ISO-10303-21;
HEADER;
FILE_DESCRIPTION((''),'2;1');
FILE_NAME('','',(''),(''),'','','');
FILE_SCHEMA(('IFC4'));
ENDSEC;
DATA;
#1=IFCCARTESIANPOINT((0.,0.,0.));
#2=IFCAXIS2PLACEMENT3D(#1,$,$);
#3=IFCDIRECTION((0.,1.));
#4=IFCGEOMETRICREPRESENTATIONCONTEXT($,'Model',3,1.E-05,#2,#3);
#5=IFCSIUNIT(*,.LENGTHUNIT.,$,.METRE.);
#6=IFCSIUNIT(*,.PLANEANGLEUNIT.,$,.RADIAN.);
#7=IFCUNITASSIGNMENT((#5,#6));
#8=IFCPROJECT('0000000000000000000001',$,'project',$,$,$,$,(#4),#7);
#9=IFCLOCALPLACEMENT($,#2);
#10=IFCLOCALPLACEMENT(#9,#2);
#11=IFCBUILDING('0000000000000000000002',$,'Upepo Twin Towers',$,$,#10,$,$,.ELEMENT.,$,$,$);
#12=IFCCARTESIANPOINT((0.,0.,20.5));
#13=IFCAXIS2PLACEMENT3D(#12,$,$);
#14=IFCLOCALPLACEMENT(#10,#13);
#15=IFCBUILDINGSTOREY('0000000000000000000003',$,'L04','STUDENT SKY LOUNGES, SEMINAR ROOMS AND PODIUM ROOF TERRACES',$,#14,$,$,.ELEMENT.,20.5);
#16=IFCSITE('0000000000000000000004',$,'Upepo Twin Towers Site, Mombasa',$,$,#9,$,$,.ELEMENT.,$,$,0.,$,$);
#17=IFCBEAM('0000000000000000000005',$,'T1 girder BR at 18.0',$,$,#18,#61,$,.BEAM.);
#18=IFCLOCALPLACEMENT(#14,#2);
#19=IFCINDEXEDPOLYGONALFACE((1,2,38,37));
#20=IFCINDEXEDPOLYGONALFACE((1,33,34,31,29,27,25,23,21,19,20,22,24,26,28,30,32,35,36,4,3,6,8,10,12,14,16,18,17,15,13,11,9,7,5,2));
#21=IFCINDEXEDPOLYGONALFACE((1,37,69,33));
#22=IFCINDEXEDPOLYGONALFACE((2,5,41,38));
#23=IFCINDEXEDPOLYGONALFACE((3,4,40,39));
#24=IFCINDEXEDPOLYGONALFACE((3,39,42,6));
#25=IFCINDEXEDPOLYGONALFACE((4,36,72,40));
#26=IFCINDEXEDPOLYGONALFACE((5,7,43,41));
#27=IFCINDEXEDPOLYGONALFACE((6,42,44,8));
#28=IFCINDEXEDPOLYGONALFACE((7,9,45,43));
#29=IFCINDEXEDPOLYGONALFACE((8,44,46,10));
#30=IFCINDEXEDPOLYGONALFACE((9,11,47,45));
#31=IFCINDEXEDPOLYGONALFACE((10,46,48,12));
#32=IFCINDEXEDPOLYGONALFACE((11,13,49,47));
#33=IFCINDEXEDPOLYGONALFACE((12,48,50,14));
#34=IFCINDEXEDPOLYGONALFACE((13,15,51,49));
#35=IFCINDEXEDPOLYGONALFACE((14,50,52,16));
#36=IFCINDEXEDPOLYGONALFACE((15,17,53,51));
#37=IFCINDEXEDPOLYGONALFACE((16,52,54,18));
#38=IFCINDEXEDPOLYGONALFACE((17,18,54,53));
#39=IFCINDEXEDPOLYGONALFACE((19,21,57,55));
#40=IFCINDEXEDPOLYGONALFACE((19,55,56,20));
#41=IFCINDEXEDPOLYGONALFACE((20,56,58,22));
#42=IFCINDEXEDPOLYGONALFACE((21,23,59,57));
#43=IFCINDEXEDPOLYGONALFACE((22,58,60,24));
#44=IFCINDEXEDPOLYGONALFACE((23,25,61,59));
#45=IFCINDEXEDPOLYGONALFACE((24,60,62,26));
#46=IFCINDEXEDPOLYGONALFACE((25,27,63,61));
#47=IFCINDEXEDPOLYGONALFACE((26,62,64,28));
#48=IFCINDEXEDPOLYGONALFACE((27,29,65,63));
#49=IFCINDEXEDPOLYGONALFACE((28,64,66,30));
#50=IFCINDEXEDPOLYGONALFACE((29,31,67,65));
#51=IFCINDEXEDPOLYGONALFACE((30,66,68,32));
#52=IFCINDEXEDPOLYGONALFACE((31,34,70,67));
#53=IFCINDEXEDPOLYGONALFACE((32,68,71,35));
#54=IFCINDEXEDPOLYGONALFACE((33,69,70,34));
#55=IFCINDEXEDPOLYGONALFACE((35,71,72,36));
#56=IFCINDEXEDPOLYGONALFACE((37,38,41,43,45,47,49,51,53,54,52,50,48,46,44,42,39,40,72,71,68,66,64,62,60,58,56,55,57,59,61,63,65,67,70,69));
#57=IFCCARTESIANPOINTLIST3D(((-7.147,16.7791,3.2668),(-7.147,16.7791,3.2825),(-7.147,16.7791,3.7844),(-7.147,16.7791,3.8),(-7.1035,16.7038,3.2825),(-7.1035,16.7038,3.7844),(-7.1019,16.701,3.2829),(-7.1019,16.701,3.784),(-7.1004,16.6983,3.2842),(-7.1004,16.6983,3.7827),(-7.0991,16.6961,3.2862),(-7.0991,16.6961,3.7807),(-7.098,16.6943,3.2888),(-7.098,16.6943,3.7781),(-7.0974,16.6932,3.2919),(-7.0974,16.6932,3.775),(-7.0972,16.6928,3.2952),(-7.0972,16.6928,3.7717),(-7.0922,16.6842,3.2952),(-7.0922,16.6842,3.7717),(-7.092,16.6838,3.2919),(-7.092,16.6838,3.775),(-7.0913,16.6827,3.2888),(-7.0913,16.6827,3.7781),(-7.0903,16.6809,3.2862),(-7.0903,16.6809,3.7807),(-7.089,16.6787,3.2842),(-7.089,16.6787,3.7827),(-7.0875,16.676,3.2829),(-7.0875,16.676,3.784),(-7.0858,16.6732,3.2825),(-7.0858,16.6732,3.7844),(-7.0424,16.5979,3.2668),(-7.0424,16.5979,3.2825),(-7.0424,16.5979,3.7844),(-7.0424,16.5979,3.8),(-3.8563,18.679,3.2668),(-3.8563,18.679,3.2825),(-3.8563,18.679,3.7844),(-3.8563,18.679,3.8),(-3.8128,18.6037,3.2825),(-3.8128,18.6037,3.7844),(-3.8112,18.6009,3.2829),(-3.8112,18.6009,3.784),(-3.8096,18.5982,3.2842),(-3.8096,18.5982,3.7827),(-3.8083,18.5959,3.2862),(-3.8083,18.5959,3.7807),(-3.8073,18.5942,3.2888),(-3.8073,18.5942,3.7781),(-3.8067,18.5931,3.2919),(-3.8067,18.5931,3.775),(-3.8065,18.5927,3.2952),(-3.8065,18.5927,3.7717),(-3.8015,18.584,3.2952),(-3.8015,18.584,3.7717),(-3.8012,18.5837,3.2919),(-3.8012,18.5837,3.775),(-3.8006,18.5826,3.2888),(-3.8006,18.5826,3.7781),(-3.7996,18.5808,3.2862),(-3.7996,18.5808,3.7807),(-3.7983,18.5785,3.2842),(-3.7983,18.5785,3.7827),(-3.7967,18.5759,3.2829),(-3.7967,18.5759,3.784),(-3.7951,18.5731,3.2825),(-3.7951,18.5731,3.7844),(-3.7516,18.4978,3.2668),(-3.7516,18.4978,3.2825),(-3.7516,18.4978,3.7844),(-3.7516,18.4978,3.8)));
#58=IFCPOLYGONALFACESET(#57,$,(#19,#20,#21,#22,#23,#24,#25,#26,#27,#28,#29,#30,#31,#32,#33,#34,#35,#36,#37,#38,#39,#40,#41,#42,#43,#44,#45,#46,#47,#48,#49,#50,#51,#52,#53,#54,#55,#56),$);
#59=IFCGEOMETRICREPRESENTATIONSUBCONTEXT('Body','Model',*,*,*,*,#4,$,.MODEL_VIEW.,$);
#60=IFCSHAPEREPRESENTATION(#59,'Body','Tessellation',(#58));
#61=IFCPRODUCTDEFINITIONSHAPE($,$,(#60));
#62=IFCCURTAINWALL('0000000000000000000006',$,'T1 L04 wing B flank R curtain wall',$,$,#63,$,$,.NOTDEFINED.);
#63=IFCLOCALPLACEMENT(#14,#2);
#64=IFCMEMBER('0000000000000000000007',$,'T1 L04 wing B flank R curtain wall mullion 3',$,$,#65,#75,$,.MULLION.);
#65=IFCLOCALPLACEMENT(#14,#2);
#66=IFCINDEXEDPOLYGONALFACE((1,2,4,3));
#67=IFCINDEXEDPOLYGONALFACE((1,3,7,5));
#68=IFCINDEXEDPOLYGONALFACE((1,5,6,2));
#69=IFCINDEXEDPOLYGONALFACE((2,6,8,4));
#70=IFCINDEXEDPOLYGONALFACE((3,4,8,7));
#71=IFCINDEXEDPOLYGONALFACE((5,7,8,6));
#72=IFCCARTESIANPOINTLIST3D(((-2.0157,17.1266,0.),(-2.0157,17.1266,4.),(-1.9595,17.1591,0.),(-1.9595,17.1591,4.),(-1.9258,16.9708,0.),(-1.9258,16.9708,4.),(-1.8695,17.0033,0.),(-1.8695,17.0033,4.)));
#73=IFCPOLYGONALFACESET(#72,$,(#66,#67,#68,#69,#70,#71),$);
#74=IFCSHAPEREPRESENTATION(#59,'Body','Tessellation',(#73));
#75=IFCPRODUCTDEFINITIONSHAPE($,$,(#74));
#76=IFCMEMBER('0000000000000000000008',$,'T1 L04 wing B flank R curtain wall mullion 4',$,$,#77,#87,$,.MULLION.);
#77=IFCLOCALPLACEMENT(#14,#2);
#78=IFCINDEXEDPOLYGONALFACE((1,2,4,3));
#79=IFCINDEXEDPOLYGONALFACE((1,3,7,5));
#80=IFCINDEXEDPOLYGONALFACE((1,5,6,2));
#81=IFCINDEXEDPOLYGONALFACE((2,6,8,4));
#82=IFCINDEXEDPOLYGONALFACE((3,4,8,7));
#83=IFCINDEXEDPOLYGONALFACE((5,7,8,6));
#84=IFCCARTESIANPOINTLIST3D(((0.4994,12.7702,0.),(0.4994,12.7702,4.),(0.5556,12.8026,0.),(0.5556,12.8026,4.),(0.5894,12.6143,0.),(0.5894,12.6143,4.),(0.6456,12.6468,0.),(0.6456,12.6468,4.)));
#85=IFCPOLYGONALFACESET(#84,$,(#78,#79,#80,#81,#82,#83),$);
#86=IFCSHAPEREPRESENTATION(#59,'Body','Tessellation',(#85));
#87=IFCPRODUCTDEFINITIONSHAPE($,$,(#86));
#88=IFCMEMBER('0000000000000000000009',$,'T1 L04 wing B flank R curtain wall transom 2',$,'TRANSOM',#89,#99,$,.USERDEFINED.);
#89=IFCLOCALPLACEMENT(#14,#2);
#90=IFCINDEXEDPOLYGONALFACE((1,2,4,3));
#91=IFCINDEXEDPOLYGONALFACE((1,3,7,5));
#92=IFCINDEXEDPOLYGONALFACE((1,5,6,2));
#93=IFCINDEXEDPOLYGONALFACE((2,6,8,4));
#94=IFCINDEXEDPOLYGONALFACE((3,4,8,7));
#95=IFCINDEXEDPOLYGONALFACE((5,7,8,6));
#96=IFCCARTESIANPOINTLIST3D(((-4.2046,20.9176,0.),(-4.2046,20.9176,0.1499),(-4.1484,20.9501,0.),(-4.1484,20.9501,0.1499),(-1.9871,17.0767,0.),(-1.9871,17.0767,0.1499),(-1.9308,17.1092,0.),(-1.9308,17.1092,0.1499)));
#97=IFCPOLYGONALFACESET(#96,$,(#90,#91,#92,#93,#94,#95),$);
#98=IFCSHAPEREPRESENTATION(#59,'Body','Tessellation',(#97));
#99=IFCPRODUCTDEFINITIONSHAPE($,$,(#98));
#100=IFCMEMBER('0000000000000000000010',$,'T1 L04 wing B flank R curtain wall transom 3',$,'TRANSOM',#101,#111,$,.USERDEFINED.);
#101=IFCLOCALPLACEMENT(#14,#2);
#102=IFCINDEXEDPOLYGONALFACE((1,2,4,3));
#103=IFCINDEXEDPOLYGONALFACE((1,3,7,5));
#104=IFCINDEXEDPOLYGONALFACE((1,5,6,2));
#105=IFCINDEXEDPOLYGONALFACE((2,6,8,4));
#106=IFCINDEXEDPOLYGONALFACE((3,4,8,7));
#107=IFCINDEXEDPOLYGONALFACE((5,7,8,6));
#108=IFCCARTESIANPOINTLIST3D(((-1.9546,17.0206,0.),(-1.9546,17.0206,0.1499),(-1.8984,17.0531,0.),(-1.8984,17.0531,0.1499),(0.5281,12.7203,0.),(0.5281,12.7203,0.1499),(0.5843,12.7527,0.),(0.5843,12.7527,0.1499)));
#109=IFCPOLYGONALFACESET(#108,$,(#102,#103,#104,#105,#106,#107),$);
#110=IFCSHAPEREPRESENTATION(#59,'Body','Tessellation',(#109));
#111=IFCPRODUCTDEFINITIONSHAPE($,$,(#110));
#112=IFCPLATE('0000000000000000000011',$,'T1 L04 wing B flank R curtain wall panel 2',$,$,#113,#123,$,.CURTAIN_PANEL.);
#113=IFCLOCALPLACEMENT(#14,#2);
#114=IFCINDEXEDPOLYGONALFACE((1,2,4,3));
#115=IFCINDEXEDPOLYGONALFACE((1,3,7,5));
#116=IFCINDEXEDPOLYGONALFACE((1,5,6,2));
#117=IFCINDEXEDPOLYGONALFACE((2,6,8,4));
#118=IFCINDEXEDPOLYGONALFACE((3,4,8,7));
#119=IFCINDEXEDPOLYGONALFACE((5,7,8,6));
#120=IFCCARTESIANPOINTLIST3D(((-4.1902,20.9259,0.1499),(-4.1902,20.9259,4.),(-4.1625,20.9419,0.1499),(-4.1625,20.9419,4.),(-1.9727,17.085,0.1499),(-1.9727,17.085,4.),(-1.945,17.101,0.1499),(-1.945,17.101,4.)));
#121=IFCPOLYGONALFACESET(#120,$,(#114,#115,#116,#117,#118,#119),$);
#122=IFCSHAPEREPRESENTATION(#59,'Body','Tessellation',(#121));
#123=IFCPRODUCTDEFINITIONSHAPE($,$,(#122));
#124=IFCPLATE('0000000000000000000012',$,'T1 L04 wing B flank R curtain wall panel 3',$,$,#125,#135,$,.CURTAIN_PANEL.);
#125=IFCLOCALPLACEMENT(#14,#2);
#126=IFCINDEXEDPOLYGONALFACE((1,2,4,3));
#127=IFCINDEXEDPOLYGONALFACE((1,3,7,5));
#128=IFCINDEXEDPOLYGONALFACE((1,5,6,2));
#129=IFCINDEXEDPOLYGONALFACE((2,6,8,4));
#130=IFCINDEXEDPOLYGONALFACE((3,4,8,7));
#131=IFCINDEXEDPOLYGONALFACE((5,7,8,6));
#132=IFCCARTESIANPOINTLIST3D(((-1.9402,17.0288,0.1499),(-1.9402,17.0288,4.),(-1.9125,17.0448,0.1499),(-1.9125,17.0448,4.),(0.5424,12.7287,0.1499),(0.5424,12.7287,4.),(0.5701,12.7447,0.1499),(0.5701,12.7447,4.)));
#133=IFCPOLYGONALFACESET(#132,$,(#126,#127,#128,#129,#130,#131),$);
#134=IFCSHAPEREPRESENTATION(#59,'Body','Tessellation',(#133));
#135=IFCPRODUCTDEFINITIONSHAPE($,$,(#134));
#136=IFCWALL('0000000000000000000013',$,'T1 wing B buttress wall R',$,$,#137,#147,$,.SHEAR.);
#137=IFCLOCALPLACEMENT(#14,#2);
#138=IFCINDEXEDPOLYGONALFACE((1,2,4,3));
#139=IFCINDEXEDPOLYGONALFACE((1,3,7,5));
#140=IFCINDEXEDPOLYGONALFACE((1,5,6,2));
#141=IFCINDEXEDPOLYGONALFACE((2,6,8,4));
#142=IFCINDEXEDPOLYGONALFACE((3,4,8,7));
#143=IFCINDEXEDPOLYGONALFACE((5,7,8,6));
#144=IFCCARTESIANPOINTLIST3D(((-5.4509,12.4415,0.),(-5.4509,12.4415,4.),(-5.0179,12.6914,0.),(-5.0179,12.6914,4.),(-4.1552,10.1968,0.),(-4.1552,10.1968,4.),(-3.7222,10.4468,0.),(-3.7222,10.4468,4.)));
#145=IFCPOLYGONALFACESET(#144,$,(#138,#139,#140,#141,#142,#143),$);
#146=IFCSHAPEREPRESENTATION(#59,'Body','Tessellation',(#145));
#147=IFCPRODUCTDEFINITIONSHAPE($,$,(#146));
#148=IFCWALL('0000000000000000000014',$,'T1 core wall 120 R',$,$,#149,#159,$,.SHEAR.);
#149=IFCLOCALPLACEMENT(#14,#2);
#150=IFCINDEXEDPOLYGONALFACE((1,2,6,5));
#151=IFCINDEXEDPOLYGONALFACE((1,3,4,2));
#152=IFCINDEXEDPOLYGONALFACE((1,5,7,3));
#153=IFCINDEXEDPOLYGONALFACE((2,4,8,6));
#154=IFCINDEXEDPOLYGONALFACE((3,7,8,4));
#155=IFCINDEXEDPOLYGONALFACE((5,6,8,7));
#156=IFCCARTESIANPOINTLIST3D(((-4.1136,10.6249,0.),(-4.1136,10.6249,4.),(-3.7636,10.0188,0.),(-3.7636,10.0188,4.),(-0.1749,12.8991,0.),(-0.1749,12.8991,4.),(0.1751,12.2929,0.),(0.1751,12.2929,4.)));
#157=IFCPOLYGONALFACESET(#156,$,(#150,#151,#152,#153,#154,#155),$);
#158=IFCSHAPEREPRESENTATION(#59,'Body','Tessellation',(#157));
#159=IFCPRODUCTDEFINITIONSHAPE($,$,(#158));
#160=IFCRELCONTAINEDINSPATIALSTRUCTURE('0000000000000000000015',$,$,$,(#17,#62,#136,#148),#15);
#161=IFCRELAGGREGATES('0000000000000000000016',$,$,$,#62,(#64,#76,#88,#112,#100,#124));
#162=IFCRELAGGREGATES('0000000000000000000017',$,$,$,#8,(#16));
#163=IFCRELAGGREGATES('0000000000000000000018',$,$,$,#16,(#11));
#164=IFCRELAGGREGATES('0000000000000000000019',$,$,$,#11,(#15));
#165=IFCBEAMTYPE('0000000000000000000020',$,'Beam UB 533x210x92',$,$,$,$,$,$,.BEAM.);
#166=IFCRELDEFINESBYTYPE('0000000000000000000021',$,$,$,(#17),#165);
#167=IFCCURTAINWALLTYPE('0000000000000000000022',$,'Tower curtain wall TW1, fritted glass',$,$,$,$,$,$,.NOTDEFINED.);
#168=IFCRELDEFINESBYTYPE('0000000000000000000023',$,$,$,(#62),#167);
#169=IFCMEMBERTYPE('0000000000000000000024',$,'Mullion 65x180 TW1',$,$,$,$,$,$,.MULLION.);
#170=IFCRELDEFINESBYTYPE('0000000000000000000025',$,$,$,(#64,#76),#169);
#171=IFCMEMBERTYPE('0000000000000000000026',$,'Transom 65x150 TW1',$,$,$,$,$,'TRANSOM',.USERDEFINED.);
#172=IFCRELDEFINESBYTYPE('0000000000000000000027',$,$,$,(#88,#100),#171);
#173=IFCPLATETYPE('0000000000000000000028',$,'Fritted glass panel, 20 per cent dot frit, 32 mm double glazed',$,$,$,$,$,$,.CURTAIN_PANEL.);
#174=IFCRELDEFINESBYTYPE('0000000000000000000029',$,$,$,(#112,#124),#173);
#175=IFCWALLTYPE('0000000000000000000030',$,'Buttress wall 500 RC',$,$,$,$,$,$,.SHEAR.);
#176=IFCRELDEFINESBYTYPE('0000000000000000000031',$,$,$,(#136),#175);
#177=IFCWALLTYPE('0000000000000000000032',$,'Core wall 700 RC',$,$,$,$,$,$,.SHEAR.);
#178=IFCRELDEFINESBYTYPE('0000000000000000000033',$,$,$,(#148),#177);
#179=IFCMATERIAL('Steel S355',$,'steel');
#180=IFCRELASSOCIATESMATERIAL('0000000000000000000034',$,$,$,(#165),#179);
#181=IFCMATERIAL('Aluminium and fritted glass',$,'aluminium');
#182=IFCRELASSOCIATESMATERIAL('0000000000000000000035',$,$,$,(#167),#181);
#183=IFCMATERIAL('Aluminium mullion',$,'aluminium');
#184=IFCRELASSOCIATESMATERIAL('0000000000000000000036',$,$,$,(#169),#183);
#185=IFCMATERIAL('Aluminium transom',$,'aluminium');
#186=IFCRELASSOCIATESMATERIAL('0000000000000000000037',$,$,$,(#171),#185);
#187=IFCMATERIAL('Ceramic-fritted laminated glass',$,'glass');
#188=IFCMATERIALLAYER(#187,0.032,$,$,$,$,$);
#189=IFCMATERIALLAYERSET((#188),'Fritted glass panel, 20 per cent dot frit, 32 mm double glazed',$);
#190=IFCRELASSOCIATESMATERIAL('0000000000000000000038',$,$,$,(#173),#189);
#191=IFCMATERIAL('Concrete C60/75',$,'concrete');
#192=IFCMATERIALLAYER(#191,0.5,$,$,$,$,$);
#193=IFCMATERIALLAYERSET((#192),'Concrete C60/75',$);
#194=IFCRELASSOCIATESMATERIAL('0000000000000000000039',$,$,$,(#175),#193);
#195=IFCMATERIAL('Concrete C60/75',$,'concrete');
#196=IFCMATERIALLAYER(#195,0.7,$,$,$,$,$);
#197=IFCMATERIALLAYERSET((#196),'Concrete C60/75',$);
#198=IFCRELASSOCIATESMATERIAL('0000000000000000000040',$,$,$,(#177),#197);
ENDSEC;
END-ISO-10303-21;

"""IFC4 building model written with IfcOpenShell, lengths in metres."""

from ifc_helpers import new_model, si_unit, direction, frame, frame_2d, origin, origin_2d, place, context, subcontext, project, spatial, rectangle, i_section, extrude, material, layer, layer_set, material_profile, profile_set, type_object, element, aggregate, save


model = new_model("IFC4")

# Units and contexts
model_context = context("Model", 3, precision=1e-05, world=origin(), true_north=direction((0.0, 1.0)))
body_context = subcontext(model_context, "Body", "Model", "MODEL_VIEW")
ifc_project = project(units=[si_unit("LENGTHUNIT", "METRE"), si_unit("PLANEANGLEUNIT", "RADIAN")], contexts=[model_context])

# Site, building, storey
site_placement = place(None, origin())
site = spatial("IfcSite", under=ifc_project, at=site_placement, Name="Upepo Twin Towers Site, Mombasa", CompositionType="ELEMENT", RefElevation=0.0)
building_placement = place(site_placement, origin())
building = spatial("IfcBuilding", under=site, at=building_placement, Name="Upepo Twin Towers", CompositionType="ELEMENT")
storey_placement = place(building_placement, frame((0.0, 0.0, 20.5)))
storey = spatial("IfcBuildingStorey", under=building, at=storey_placement, Name="L04", Description="STUDENT SKY LOUNGES, SEMINAR ROOMS AND PODIUM ROOF TERRACES", CompositionType="ELEMENT", Elevation=20.5)

# Beam
ifc_material_1 = material(Name="Steel S355", Category="steel")
ifc_material_profile_1 = material_profile(ifc_material_1, i_section(OverallWidth=0.2092, OverallDepth=0.5332, WebThickness=0.01, FlangeThickness=0.0156, FilletRadius=0.0127, at=origin_2d()), Name="UB 533x210x92")
ifc_profile_set_1 = profile_set([ifc_material_profile_1], Name="Steel S355")
beam_type_1 = type_object("IfcBeamType", Name="Beam UB 533x210x92", PredefinedType="BEAM", material=ifc_profile_set_1)
beam_1_placement = place(storey_placement, frame((-3.804, 18.5884, 3.5334), z_axis=(-0.866028, -0.499995, 0.0), x_axis=(0.499995, -0.866028, 0.0)))
element("IfcBeam", 1, at=beam_1_placement, inside=storey, type_object=beam_type_1, Name="T1 girder BR at 18.0", PredefinedType="BEAM", context=body_context, shape_type="SweptSolid", body=[
    extrude(i_section(OverallWidth=0.2092, OverallDepth=0.5332, WebThickness=0.01, FlangeThickness=0.0156, FilletRadius=0.0127, at=origin_2d()), origin(), (0.0, 0.0, 1.0), 3.7998),
])

# Curtain wall, members, plates
ifc_material_2 = material(Name="Aluminium and fritted glass", Category="aluminium")
curtain_wall_type = type_object("IfcCurtainWallType", Name="Tower curtain wall TW1, fritted glass", PredefinedType="NOTDEFINED", material=ifc_material_2)
curtain_wall_placement = place(storey_placement, origin())
curtain_wall = element("IfcCurtainWall", 2, at=curtain_wall_placement, inside=storey, type_object=curtain_wall_type, Name="T1 L04 wing B flank R curtain wall", PredefinedType="NOTDEFINED")
ifc_material_3 = material(Name="Aluminium mullion", Category="aluminium")
ifc_material_profile_2 = material_profile(ifc_material_3, rectangle(XDim=0.0649, YDim=0.1799, at=origin_2d()), Name="MULLION 65x180")
ifc_profile_set_2 = profile_set([ifc_material_profile_2], Name="Aluminium mullion")
member_type_1 = type_object("IfcMemberType", Name="Mullion 65x180 TW1", PredefinedType="MULLION", material=ifc_profile_set_2)
member_1_placement = place(storey_placement, frame((-1.9426, 17.0649, 0.0), z_axis=(0.0, 0.0, 1.0), x_axis=(0.866025, 0.5, 0.0)))
member_1 = element("IfcMember", 3, at=member_1_placement, type_object=member_type_1, Name="T1 L04 wing B flank R curtain wall mullion 3", PredefinedType="MULLION", context=body_context, shape_type="SweptSolid", body=[
    extrude(rectangle(XDim=0.0649, YDim=0.1799, at=origin_2d()), origin(), (0.0, 0.0, 1.0), 4.0),
])
member_2_placement = place(storey_placement, frame((0.5725, 12.7085, 0.0), z_axis=(0.0, 0.0, 1.0), x_axis=(0.866025, 0.5, 0.0)))
member_2 = element("IfcMember", 4, at=member_2_placement, type_object=member_type_1, Name="T1 L04 wing B flank R curtain wall mullion 4", PredefinedType="MULLION", context=body_context, shape_type="SweptSolid", body=[
    extrude(rectangle(XDim=0.0649, YDim=0.1799, at=origin_2d()), origin(), (0.0, 0.0, 1.0), 4.0),
])
ifc_material_4 = material(Name="Aluminium transom", Category="aluminium")
ifc_material_profile_3 = material_profile(ifc_material_4, rectangle(XDim=0.0649, YDim=0.1499, at=origin_2d()), Name="TRANSOM 65x150")
ifc_profile_set_3 = profile_set([ifc_material_profile_3], Name="Aluminium transom")
member_type_2 = type_object("IfcMemberType", Name="Transom 65x150 TW1", ElementType="TRANSOM", PredefinedType="USERDEFINED", material=ifc_profile_set_3)
member_3_placement = place(storey_placement, frame((-4.1765, 20.9338, 0.075), z_axis=(0.500005, -0.866022, 0.0), x_axis=(0.866022, 0.500005, 0.0)))
member_3 = element("IfcMember", 5, at=member_3_placement, type_object=member_type_2, Name="T1 L04 wing B flank R curtain wall transom 2", ObjectType="TRANSOM", PredefinedType="USERDEFINED", context=body_context, shape_type="SweptSolid", body=[
    extrude(rectangle(XDim=0.0649, YDim=0.1499, at=origin_2d()), origin(), (0.0, 0.0, 1.0), 4.4351),
])
member_4_placement = place(storey_placement, frame((-1.9265, 17.0369, 0.075), z_axis=(0.499983, -0.866035, 0.0), x_axis=(0.866035, 0.499983, 0.0)))
member_4 = element("IfcMember", 6, at=member_4_placement, type_object=member_type_2, Name="T1 L04 wing B flank R curtain wall transom 3", ObjectType="TRANSOM", PredefinedType="USERDEFINED", context=body_context, shape_type="SweptSolid", body=[
    extrude(rectangle(XDim=0.0649, YDim=0.1499, at=origin_2d()), origin(), (0.0, 0.0, 1.0), 4.9656),
])
ifc_material_5 = material(Name="Ceramic-fritted laminated glass", Category="glass")
ifc_layer_1 = layer(ifc_material_5, 0.032)
ifc_layer_set_1 = layer_set([ifc_layer_1], Name="Fritted glass panel, 20 per cent dot frit, 32 mm double glazed")
plate_type = type_object("IfcPlateType", Name="Fritted glass panel, 20 per cent dot frit, 32 mm double glazed", PredefinedType="CURTAIN_PANEL", material=ifc_layer_set_1)
plate_1_placement = place(storey_placement, frame((-3.0676, 19.0134, 0.1499), z_axis=(0.0, 0.0, 1.0), x_axis=(0.5, -0.866025, 0.0)))
plate_1 = element("IfcPlate", 7, at=plate_1_placement, type_object=plate_type, Name="T1 L04 wing B flank R curtain wall panel 2", PredefinedType="CURTAIN_PANEL", context=body_context, shape_type="SweptSolid", body=[
    extrude(rectangle(XDim=4.4351, YDim=0.032, at=origin_2d()), origin(), (0.0, 0.0, 1.0), 3.8501),
])
plate_2_placement = place(storey_placement, frame((-0.6851, 14.8867, 0.1499), z_axis=(0.0, 0.0, 1.0), x_axis=(0.5, -0.866025, 0.0)))
plate_2 = element("IfcPlate", 8, at=plate_2_placement, type_object=plate_type, Name="T1 L04 wing B flank R curtain wall panel 3", PredefinedType="CURTAIN_PANEL", context=body_context, shape_type="SweptSolid", body=[
    extrude(rectangle(XDim=4.9653, YDim=0.032, at=origin_2d()), origin(), (0.0, 0.0, 1.0), 3.8501),
])
aggregate(curtain_wall, [member_1, member_2, member_3, plate_1, member_4, plate_2])

# Walls
ifc_material_6 = material(Name="Concrete C60/75", Category="concrete")
ifc_layer_2 = layer(ifc_material_6, 0.5)
ifc_layer_set_2 = layer_set([ifc_layer_2], Name="Concrete C60/75")
wall_type_1 = type_object("IfcWallType", Name="Buttress wall 500 RC", PredefinedType="SHEAR", material=ifc_layer_set_2)
wall_1_placement = place(storey_placement, frame((-3.9387, 10.3218, 0.0), z_axis=(0.0, 0.0, 1.0), x_axis=(-0.499918, 0.866073, 0.0)))
element("IfcWall", 9, at=wall_1_placement, inside=storey, type_object=wall_type_1, Name="T1 wing B buttress wall R", PredefinedType="SHEAR", context=body_context, shape_type="SweptSolid", body=[
    extrude(rectangle(XDim=2.5918, YDim=0.5, at=frame_2d((1.2959, 0.0))), origin(), (0.0, 0.0, 1.0), 4.0),
])
ifc_material_7 = material(Name="Concrete C60/75", Category="concrete")
ifc_layer_3 = layer(ifc_material_7, 0.7)
ifc_layer_set_3 = layer_set([ifc_layer_3], Name="Concrete C60/75")
wall_type_2 = type_object("IfcWallType", Name="Core wall 700 RC", PredefinedType="SHEAR", material=ifc_layer_set_3)
wall_2_placement = place(storey_placement, frame((0.0, 12.5959, 0.0), z_axis=(0.0, 0.0, 1.0), x_axis=(-0.866011, -0.500024, 0.0)))
element("IfcWall", 10, at=wall_2_placement, inside=storey, type_object=wall_type_2, Name="T1 core wall 120 R", PredefinedType="SHEAR", context=body_context, shape_type="SweptSolid", body=[
    extrude(rectangle(XDim=4.5481, YDim=0.7, at=frame_2d((2.2739, 0.0))), origin(), (0.0, 0.0, 1.0), 4.0),
])

save(model, "model.ifc")
